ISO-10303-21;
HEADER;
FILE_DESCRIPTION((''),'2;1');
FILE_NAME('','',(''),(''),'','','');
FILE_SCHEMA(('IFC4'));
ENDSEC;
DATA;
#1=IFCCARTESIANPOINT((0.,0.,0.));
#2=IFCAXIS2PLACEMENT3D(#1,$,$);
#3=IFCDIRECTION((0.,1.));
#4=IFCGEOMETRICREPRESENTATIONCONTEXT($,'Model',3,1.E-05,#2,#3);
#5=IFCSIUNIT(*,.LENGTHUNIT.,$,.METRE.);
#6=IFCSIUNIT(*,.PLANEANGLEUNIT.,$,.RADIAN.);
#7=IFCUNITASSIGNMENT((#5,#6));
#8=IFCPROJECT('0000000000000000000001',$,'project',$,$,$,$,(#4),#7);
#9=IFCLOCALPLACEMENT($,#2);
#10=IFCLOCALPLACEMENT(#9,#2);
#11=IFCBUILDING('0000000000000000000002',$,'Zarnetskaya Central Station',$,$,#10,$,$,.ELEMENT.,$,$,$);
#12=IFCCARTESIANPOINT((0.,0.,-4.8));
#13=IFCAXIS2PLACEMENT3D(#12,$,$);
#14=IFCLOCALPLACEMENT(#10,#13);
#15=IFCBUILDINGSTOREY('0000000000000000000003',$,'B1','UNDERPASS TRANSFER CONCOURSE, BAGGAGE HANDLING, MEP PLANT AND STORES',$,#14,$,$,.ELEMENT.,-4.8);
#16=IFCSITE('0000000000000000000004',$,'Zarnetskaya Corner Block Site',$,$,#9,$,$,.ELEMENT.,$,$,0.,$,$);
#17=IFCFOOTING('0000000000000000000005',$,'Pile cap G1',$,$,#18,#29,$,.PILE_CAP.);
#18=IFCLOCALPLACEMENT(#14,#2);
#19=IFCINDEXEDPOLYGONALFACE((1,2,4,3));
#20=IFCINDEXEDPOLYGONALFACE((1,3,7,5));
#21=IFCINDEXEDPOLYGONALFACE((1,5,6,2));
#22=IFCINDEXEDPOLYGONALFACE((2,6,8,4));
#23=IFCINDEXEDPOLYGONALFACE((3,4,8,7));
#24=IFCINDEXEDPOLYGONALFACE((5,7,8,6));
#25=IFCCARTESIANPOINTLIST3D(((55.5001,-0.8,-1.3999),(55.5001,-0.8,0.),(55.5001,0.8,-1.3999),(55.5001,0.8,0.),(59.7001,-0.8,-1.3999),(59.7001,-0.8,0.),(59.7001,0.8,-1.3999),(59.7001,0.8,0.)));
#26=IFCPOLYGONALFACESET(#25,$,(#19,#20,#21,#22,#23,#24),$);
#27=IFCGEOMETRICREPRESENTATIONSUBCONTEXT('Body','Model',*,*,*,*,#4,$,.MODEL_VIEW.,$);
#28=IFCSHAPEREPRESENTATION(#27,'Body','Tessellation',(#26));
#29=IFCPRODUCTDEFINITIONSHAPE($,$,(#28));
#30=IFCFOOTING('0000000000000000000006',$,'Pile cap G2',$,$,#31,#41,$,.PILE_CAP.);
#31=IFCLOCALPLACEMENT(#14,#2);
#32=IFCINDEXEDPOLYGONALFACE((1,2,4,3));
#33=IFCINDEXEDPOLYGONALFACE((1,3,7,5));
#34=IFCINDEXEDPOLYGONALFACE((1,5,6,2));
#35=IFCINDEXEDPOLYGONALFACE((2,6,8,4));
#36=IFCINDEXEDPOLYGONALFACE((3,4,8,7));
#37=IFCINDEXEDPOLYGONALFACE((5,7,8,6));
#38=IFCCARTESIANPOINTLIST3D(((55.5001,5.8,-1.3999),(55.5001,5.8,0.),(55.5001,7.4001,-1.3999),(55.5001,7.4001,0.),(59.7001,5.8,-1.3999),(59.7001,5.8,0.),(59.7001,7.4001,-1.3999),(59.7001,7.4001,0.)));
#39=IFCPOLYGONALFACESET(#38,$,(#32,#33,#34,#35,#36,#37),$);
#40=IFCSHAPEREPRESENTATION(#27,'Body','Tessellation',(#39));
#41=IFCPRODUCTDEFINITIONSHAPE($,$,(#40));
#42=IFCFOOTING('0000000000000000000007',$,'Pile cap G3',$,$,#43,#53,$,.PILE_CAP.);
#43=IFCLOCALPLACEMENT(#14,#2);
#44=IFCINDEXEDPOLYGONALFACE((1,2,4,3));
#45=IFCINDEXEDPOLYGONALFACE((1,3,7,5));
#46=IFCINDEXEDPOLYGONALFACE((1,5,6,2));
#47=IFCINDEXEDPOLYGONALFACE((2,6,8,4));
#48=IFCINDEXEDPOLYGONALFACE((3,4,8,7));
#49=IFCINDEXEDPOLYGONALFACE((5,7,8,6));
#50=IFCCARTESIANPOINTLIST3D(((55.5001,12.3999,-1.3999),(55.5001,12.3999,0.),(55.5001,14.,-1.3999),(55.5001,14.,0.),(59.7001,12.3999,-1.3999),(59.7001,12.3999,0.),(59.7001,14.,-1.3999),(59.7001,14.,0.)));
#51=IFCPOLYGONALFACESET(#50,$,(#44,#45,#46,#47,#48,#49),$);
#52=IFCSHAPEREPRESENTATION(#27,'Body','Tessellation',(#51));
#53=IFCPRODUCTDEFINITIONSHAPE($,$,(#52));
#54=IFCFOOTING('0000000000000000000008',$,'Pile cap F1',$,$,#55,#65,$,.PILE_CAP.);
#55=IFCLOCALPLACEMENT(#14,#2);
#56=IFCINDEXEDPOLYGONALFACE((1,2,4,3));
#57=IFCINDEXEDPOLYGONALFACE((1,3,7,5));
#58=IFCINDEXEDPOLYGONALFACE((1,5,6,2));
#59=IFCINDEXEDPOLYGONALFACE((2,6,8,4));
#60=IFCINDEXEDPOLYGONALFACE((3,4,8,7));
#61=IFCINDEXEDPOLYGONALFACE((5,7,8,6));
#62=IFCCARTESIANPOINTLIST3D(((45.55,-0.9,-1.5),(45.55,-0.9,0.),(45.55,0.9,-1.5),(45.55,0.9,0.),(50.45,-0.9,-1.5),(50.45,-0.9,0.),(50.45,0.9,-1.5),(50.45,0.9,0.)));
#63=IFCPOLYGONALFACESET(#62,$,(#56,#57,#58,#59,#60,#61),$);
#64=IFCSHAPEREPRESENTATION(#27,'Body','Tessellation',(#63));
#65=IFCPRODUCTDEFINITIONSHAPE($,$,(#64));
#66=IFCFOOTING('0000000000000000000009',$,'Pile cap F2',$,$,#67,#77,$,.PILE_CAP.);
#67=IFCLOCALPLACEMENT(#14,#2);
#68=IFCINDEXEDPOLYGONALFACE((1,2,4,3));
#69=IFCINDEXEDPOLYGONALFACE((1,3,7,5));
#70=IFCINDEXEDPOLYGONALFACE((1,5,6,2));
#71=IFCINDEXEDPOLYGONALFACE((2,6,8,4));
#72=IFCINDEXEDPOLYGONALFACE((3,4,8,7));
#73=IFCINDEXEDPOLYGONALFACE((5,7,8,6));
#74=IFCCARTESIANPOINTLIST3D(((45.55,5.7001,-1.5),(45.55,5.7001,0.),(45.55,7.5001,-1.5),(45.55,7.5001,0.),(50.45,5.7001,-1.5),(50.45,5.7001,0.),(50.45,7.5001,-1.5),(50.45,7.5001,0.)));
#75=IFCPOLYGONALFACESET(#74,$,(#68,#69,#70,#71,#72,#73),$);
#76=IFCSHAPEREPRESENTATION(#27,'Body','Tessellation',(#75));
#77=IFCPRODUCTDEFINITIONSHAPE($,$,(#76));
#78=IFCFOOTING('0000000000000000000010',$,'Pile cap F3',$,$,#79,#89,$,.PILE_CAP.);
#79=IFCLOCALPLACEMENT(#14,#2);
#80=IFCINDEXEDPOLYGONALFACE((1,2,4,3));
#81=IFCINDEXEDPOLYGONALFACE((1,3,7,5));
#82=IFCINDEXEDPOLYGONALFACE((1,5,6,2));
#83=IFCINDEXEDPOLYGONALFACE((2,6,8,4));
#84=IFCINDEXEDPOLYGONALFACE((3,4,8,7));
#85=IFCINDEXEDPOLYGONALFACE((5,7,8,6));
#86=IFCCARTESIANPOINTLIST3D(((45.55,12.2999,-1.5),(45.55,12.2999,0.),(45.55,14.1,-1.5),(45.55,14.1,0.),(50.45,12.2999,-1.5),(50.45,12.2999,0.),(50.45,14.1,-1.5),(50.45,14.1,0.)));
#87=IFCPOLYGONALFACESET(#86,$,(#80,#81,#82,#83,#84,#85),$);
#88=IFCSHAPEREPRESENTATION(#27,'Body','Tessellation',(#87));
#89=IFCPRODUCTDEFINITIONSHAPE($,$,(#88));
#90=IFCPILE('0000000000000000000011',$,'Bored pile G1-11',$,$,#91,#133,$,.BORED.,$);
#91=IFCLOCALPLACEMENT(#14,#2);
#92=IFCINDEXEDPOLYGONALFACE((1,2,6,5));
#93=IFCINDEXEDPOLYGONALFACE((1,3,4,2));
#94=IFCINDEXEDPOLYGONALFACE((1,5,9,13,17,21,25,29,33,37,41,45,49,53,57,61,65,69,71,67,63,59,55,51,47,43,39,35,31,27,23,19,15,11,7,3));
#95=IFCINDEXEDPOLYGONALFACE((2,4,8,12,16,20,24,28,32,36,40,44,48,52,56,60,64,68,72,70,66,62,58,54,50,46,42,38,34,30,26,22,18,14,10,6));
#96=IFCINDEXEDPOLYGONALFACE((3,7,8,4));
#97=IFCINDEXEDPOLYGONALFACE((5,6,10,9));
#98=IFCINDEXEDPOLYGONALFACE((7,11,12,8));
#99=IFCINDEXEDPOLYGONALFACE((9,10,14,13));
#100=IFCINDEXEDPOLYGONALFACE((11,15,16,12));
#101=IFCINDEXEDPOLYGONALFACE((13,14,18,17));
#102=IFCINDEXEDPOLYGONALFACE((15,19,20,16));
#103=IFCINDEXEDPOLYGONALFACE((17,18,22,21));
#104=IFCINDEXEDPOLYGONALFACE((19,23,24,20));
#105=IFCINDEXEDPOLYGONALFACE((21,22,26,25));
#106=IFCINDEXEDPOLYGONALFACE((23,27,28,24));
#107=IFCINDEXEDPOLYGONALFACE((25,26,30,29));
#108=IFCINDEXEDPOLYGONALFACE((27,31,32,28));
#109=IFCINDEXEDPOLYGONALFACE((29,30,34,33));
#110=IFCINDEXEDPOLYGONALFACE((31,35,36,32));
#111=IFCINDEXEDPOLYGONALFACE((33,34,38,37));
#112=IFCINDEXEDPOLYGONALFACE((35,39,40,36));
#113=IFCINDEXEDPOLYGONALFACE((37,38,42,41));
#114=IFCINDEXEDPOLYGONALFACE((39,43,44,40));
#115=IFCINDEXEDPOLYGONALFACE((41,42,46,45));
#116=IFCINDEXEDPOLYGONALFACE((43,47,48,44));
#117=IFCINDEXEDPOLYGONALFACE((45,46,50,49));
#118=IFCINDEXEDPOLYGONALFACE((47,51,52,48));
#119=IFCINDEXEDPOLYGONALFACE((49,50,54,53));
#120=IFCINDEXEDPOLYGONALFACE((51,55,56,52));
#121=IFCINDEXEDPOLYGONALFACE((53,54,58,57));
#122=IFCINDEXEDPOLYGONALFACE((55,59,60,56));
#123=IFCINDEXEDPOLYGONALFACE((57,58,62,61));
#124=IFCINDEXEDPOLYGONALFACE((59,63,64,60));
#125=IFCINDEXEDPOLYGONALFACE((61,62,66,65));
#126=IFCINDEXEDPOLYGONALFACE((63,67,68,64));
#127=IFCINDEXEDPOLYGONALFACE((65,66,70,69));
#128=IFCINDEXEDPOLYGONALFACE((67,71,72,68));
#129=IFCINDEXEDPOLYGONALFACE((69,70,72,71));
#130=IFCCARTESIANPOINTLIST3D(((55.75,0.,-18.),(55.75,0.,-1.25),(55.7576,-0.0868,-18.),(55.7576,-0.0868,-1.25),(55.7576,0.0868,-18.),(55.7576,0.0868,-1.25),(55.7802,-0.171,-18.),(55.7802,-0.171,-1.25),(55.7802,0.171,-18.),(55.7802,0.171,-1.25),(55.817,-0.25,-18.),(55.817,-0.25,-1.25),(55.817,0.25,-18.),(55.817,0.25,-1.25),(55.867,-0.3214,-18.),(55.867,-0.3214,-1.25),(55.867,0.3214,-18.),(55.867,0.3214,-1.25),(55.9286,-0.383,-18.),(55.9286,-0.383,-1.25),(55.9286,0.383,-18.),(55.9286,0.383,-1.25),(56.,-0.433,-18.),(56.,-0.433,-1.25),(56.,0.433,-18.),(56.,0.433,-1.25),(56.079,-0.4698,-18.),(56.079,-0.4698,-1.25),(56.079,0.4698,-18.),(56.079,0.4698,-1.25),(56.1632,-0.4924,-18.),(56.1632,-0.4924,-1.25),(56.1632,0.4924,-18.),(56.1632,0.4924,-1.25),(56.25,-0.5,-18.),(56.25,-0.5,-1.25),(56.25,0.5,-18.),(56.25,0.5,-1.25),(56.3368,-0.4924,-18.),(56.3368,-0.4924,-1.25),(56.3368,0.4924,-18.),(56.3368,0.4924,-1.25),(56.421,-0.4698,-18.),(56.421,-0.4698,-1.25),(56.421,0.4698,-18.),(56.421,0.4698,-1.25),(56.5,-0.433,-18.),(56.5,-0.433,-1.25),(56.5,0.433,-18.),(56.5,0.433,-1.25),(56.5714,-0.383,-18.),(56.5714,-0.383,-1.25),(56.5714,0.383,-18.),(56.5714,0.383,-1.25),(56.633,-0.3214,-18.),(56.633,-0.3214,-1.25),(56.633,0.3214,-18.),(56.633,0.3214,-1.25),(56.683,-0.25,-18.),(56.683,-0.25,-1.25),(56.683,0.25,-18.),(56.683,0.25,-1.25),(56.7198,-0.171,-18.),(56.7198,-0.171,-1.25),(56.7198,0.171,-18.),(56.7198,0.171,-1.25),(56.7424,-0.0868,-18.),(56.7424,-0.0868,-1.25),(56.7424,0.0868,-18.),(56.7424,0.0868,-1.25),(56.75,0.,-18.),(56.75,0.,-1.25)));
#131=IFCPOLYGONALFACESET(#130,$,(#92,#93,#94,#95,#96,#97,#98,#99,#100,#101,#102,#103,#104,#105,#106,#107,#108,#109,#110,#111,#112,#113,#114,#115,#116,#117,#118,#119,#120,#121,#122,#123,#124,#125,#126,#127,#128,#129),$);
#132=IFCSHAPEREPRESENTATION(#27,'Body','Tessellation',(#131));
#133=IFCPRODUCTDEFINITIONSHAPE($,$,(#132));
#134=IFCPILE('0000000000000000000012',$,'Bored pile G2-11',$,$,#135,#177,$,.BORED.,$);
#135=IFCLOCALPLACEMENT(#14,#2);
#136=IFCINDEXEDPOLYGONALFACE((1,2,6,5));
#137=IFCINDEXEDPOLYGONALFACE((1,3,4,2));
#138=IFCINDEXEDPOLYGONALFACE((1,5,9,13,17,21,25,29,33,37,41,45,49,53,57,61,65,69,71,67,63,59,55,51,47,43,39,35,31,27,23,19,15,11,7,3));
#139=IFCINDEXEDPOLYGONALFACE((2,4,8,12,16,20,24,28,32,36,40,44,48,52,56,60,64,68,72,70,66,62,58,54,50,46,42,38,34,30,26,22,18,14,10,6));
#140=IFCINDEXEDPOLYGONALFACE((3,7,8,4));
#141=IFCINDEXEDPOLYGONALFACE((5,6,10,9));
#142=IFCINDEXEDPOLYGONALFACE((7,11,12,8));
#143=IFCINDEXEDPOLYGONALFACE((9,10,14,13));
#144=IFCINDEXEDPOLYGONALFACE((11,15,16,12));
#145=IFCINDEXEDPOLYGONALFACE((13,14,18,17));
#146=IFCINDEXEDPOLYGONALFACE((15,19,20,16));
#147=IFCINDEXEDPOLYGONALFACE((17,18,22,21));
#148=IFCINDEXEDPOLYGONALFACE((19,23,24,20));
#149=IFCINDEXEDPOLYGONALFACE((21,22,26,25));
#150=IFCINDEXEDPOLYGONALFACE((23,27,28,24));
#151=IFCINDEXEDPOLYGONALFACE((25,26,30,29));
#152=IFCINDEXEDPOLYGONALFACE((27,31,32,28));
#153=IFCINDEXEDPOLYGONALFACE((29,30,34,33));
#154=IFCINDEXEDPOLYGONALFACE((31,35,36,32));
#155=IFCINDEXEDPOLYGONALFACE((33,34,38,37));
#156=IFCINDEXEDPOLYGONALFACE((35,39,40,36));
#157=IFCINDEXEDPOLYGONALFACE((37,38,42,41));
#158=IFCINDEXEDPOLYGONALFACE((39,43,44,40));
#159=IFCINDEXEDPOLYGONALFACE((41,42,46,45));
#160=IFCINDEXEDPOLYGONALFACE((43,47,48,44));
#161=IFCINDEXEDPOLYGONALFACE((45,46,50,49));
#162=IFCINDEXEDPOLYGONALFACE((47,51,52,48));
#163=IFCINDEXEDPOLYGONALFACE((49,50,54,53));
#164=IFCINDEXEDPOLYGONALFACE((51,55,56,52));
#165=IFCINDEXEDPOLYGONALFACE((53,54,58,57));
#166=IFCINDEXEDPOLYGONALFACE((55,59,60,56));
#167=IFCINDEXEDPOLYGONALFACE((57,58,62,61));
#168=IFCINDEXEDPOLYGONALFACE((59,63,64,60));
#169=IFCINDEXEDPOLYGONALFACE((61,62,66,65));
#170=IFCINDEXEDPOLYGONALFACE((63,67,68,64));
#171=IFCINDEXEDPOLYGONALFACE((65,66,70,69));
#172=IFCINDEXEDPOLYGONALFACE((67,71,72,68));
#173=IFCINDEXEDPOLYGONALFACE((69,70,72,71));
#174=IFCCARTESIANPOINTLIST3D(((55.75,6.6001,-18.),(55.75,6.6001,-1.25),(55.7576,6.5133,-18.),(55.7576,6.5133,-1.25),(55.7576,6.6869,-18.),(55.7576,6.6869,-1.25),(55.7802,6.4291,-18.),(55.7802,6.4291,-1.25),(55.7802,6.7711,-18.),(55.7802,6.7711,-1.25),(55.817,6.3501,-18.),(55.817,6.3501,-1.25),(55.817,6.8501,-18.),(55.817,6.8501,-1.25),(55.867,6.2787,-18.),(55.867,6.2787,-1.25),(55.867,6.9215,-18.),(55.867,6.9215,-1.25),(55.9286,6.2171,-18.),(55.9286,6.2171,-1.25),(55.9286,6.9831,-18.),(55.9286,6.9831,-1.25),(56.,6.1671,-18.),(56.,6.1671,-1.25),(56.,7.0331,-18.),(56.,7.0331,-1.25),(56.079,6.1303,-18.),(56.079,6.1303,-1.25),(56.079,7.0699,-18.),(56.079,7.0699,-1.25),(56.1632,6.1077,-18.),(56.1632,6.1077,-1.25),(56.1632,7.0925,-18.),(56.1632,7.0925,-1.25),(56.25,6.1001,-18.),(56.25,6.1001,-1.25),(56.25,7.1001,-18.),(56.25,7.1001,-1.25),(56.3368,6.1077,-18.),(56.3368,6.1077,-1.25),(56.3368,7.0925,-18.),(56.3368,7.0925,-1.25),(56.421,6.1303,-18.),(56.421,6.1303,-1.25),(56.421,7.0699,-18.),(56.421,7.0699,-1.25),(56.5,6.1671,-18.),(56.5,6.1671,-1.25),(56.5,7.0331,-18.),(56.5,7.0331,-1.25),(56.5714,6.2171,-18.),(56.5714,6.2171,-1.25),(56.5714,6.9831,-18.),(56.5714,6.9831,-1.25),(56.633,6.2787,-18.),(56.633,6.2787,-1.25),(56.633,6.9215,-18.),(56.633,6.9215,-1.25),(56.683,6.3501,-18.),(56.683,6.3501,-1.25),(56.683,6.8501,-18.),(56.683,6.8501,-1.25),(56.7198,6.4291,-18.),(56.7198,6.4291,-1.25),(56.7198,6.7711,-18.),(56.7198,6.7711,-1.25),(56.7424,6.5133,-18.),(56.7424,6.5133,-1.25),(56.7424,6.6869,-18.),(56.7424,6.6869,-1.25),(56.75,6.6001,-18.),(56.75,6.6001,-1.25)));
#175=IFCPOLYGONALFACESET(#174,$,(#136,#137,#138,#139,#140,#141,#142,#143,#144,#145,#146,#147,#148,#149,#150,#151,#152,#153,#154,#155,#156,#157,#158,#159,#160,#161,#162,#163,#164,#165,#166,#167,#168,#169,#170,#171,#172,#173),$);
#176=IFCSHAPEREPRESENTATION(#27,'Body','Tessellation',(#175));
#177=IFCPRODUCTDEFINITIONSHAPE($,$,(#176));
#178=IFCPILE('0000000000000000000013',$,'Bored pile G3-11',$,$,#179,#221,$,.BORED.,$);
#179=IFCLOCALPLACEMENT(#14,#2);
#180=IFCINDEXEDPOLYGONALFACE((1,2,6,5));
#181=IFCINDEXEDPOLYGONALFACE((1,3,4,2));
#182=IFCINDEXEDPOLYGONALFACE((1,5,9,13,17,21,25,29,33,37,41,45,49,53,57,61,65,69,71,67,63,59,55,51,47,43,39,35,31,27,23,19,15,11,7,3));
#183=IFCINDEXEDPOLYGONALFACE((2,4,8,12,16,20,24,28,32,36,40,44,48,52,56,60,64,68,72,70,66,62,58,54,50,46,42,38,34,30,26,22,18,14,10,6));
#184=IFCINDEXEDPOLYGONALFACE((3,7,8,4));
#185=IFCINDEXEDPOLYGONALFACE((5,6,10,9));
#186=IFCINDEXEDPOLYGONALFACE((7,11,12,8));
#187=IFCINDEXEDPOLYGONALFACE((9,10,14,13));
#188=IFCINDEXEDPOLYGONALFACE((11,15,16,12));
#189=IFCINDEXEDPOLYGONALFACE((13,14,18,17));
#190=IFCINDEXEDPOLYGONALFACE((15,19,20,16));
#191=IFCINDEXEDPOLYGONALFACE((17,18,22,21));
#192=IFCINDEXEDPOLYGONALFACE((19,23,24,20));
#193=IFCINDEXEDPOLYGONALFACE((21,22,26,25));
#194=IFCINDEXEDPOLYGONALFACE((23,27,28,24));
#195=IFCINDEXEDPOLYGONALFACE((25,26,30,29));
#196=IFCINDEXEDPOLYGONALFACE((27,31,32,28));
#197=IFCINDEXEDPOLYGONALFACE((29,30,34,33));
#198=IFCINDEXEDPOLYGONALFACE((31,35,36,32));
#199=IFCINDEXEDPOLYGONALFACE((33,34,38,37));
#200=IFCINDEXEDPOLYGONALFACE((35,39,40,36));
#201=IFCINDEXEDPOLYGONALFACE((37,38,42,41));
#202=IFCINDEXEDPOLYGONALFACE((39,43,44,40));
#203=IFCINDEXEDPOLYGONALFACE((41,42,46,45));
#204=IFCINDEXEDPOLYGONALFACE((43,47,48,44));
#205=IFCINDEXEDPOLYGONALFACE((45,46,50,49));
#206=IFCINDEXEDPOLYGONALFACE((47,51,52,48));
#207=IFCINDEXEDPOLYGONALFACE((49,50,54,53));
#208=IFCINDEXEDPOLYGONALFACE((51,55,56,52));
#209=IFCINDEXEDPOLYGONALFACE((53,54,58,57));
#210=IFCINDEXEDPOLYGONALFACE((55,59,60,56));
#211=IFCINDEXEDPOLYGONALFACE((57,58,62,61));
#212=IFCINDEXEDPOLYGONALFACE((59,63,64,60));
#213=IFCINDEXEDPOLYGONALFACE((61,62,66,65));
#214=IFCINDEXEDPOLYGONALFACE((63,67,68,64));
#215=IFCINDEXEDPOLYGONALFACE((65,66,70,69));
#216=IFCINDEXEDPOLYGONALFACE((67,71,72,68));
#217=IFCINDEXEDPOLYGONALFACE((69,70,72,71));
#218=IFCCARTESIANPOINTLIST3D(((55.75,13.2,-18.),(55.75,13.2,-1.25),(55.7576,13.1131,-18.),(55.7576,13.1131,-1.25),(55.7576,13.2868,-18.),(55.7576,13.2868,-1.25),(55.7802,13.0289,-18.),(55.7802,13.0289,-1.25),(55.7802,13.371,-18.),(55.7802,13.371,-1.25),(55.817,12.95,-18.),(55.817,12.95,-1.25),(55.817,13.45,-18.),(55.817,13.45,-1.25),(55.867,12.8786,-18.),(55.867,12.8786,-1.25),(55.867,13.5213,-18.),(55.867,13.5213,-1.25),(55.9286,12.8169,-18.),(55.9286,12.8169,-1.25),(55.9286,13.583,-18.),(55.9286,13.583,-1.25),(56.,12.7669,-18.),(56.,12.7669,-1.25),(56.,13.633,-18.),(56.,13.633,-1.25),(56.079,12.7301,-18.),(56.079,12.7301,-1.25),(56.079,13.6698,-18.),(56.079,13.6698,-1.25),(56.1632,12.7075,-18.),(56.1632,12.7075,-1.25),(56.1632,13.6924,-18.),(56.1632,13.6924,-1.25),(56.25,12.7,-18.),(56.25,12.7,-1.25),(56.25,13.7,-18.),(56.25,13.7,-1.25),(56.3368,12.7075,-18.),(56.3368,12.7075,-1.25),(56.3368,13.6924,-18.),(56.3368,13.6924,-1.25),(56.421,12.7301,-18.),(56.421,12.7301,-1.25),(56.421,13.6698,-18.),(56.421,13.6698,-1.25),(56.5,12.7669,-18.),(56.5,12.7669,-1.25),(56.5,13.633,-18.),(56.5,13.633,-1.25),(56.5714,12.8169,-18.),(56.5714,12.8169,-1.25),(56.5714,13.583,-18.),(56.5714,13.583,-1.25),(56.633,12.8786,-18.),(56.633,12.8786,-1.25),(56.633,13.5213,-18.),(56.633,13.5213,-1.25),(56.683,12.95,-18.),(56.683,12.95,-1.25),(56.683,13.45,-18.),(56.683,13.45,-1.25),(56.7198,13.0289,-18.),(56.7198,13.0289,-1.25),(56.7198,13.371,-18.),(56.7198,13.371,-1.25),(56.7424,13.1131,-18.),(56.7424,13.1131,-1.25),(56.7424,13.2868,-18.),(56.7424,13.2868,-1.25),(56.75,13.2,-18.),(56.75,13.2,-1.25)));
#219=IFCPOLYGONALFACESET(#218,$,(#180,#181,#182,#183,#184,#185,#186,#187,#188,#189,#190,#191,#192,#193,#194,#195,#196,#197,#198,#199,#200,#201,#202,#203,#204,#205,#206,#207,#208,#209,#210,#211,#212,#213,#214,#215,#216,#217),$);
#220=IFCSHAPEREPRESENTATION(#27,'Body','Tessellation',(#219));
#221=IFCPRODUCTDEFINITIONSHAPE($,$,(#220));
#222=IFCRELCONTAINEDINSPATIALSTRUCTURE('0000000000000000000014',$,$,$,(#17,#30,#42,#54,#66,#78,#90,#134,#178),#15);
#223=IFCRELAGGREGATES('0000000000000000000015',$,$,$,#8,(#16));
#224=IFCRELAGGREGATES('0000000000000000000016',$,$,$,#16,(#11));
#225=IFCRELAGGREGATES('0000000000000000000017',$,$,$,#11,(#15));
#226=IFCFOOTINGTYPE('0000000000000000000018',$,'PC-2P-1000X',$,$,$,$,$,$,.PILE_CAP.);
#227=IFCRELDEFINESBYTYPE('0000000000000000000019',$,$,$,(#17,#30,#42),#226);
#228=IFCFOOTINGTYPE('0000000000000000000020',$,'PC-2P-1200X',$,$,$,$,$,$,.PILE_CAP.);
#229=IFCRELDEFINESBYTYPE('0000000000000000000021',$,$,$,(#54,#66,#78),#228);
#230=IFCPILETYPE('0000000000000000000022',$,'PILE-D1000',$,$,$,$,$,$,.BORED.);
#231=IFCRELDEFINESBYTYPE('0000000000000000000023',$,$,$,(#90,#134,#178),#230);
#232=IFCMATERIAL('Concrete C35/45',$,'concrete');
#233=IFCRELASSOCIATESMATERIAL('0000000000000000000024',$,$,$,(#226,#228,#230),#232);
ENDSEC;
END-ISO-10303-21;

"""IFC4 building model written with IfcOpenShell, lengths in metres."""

from ifc_helpers import new_model, si_unit, direction, frame, origin, origin_2d, place, context, subcontext, project, spatial, rectangle, circle, extrude, material, material_profile, profile_set, type_object, element, save


model = new_model("IFC4")

# Units and contexts
model_context = context("Model", 3, precision=1e-05, world=origin(), true_north=direction((0.0, 1.0)))
body_context = subcontext(model_context, "Body", "Model", "MODEL_VIEW")
ifc_project = project(units=[si_unit("LENGTHUNIT", "METRE"), si_unit("PLANEANGLEUNIT", "RADIAN")], contexts=[model_context])

# Site, building, storey
site_placement = place(None, origin())
site = spatial("IfcSite", under=ifc_project, at=site_placement, Name="Zarnetskaya Corner Block Site", CompositionType="ELEMENT", RefElevation=0.0)
building_placement = place(site_placement, origin())
building = spatial("IfcBuilding", under=site, at=building_placement, Name="Zarnetskaya Central Station", CompositionType="ELEMENT")
storey_placement = place(building_placement, frame((0.0, 0.0, -4.8)))
storey = spatial("IfcBuildingStorey", under=building, at=storey_placement, Name="B1", Description="UNDERPASS TRANSFER CONCOURSE, BAGGAGE HANDLING, MEP PLANT AND STORES", CompositionType="ELEMENT", Elevation=-4.8)

# Footings
ifc_material = material(Name="Concrete C35/45", Category="concrete")
footing_type_1 = type_object("IfcFootingType", Name="PC-2P-1000X", PredefinedType="PILE_CAP", material=ifc_material)
for number, where, z_axis, x_axis, name in (
    (1, (57.6001, 0.0, -1.3999), (0.0, 0.0, 1.0), (1.0, 0.0, 0.0), "Pile cap G1"),
    (2, (57.6001, 6.6001, -1.3999), (0.0, 0.0, 1.0), (1.0, 0.0, 0.0), "Pile cap G2"),
    (3, (57.6001, 13.2, -1.3999), (0.0, 0.0, 1.0), (1.0, 0.0, 0.0), "Pile cap G3"),
):
    element("IfcFooting", number, at=place(storey_placement, frame(where, z_axis=z_axis, x_axis=x_axis)), inside=storey, type_object=footing_type_1, Name=name, PredefinedType="PILE_CAP", context=body_context, shape_type="SweptSolid", body=[
        extrude(rectangle(XDim=4.2, YDim=1.6001, at=origin_2d()), origin(), (0.0, 0.0, 1.0), 1.3999),
    ])
footing_type_2 = type_object("IfcFootingType", Name="PC-2P-1200X", PredefinedType="PILE_CAP", material=ifc_material)
for number, where, z_axis, x_axis, name in (
    (4, (48.0, 0.0, -1.5), (0.0, 0.0, 1.0), (1.0, 0.0, 0.0), "Pile cap F1"),
    (5, (48.0, 6.6001, -1.5), (0.0, 0.0, 1.0), (1.0, 0.0, 0.0), "Pile cap F2"),
    (6, (48.0, 13.2, -1.5), (0.0, 0.0, 1.0), (1.0, 0.0, 0.0), "Pile cap F3"),
):
    element("IfcFooting", number, at=place(storey_placement, frame(where, z_axis=z_axis, x_axis=x_axis)), inside=storey, type_object=footing_type_2, Name=name, PredefinedType="PILE_CAP", context=body_context, shape_type="SweptSolid", body=[
        extrude(rectangle(XDim=4.8999, YDim=1.8, at=origin_2d()), origin(), (0.0, 0.0, 1.0), 1.5),
    ])

# Piles
ifc_material_profile_1 = material_profile(ifc_material, circle(Radius=0.5, at=origin_2d()), Name="BORED PILE D1000")
ifc_profile_set_1 = profile_set([ifc_material_profile_1], Name="Concrete C35/45")
pile_type_1 = type_object("IfcPileType", Name="PILE-D1000", PredefinedType="BORED", material=ifc_profile_set_1)
for number, where, z_axis, x_axis, name in (
    (7, (56.25, 0.0, -1.25), (0.0, 0.0, -1.0), (1.0, 0.0, 0.0), "Bored pile G1-11"),
    (8, (56.25, 6.6001, -1.25), (0.0, 0.0, -1.0), (1.0, 0.0, 0.0), "Bored pile G2-11"),
    (9, (56.25, 13.2, -1.25), (0.0, 0.0, -1.0), (1.0, 0.0, 0.0), "Bored pile G3-11"),
):
    element("IfcPile", number, at=place(storey_placement, frame(where, z_axis=z_axis, x_axis=x_axis)), inside=storey, type_object=pile_type_1, Name=name, PredefinedType="BORED", context=body_context, shape_type="SweptSolid", body=[
        extrude(circle(Radius=0.5, at=origin_2d()), origin(), (0.0, 0.0, 1.0), 16.75),
    ])

save(model, "model.ifc")
